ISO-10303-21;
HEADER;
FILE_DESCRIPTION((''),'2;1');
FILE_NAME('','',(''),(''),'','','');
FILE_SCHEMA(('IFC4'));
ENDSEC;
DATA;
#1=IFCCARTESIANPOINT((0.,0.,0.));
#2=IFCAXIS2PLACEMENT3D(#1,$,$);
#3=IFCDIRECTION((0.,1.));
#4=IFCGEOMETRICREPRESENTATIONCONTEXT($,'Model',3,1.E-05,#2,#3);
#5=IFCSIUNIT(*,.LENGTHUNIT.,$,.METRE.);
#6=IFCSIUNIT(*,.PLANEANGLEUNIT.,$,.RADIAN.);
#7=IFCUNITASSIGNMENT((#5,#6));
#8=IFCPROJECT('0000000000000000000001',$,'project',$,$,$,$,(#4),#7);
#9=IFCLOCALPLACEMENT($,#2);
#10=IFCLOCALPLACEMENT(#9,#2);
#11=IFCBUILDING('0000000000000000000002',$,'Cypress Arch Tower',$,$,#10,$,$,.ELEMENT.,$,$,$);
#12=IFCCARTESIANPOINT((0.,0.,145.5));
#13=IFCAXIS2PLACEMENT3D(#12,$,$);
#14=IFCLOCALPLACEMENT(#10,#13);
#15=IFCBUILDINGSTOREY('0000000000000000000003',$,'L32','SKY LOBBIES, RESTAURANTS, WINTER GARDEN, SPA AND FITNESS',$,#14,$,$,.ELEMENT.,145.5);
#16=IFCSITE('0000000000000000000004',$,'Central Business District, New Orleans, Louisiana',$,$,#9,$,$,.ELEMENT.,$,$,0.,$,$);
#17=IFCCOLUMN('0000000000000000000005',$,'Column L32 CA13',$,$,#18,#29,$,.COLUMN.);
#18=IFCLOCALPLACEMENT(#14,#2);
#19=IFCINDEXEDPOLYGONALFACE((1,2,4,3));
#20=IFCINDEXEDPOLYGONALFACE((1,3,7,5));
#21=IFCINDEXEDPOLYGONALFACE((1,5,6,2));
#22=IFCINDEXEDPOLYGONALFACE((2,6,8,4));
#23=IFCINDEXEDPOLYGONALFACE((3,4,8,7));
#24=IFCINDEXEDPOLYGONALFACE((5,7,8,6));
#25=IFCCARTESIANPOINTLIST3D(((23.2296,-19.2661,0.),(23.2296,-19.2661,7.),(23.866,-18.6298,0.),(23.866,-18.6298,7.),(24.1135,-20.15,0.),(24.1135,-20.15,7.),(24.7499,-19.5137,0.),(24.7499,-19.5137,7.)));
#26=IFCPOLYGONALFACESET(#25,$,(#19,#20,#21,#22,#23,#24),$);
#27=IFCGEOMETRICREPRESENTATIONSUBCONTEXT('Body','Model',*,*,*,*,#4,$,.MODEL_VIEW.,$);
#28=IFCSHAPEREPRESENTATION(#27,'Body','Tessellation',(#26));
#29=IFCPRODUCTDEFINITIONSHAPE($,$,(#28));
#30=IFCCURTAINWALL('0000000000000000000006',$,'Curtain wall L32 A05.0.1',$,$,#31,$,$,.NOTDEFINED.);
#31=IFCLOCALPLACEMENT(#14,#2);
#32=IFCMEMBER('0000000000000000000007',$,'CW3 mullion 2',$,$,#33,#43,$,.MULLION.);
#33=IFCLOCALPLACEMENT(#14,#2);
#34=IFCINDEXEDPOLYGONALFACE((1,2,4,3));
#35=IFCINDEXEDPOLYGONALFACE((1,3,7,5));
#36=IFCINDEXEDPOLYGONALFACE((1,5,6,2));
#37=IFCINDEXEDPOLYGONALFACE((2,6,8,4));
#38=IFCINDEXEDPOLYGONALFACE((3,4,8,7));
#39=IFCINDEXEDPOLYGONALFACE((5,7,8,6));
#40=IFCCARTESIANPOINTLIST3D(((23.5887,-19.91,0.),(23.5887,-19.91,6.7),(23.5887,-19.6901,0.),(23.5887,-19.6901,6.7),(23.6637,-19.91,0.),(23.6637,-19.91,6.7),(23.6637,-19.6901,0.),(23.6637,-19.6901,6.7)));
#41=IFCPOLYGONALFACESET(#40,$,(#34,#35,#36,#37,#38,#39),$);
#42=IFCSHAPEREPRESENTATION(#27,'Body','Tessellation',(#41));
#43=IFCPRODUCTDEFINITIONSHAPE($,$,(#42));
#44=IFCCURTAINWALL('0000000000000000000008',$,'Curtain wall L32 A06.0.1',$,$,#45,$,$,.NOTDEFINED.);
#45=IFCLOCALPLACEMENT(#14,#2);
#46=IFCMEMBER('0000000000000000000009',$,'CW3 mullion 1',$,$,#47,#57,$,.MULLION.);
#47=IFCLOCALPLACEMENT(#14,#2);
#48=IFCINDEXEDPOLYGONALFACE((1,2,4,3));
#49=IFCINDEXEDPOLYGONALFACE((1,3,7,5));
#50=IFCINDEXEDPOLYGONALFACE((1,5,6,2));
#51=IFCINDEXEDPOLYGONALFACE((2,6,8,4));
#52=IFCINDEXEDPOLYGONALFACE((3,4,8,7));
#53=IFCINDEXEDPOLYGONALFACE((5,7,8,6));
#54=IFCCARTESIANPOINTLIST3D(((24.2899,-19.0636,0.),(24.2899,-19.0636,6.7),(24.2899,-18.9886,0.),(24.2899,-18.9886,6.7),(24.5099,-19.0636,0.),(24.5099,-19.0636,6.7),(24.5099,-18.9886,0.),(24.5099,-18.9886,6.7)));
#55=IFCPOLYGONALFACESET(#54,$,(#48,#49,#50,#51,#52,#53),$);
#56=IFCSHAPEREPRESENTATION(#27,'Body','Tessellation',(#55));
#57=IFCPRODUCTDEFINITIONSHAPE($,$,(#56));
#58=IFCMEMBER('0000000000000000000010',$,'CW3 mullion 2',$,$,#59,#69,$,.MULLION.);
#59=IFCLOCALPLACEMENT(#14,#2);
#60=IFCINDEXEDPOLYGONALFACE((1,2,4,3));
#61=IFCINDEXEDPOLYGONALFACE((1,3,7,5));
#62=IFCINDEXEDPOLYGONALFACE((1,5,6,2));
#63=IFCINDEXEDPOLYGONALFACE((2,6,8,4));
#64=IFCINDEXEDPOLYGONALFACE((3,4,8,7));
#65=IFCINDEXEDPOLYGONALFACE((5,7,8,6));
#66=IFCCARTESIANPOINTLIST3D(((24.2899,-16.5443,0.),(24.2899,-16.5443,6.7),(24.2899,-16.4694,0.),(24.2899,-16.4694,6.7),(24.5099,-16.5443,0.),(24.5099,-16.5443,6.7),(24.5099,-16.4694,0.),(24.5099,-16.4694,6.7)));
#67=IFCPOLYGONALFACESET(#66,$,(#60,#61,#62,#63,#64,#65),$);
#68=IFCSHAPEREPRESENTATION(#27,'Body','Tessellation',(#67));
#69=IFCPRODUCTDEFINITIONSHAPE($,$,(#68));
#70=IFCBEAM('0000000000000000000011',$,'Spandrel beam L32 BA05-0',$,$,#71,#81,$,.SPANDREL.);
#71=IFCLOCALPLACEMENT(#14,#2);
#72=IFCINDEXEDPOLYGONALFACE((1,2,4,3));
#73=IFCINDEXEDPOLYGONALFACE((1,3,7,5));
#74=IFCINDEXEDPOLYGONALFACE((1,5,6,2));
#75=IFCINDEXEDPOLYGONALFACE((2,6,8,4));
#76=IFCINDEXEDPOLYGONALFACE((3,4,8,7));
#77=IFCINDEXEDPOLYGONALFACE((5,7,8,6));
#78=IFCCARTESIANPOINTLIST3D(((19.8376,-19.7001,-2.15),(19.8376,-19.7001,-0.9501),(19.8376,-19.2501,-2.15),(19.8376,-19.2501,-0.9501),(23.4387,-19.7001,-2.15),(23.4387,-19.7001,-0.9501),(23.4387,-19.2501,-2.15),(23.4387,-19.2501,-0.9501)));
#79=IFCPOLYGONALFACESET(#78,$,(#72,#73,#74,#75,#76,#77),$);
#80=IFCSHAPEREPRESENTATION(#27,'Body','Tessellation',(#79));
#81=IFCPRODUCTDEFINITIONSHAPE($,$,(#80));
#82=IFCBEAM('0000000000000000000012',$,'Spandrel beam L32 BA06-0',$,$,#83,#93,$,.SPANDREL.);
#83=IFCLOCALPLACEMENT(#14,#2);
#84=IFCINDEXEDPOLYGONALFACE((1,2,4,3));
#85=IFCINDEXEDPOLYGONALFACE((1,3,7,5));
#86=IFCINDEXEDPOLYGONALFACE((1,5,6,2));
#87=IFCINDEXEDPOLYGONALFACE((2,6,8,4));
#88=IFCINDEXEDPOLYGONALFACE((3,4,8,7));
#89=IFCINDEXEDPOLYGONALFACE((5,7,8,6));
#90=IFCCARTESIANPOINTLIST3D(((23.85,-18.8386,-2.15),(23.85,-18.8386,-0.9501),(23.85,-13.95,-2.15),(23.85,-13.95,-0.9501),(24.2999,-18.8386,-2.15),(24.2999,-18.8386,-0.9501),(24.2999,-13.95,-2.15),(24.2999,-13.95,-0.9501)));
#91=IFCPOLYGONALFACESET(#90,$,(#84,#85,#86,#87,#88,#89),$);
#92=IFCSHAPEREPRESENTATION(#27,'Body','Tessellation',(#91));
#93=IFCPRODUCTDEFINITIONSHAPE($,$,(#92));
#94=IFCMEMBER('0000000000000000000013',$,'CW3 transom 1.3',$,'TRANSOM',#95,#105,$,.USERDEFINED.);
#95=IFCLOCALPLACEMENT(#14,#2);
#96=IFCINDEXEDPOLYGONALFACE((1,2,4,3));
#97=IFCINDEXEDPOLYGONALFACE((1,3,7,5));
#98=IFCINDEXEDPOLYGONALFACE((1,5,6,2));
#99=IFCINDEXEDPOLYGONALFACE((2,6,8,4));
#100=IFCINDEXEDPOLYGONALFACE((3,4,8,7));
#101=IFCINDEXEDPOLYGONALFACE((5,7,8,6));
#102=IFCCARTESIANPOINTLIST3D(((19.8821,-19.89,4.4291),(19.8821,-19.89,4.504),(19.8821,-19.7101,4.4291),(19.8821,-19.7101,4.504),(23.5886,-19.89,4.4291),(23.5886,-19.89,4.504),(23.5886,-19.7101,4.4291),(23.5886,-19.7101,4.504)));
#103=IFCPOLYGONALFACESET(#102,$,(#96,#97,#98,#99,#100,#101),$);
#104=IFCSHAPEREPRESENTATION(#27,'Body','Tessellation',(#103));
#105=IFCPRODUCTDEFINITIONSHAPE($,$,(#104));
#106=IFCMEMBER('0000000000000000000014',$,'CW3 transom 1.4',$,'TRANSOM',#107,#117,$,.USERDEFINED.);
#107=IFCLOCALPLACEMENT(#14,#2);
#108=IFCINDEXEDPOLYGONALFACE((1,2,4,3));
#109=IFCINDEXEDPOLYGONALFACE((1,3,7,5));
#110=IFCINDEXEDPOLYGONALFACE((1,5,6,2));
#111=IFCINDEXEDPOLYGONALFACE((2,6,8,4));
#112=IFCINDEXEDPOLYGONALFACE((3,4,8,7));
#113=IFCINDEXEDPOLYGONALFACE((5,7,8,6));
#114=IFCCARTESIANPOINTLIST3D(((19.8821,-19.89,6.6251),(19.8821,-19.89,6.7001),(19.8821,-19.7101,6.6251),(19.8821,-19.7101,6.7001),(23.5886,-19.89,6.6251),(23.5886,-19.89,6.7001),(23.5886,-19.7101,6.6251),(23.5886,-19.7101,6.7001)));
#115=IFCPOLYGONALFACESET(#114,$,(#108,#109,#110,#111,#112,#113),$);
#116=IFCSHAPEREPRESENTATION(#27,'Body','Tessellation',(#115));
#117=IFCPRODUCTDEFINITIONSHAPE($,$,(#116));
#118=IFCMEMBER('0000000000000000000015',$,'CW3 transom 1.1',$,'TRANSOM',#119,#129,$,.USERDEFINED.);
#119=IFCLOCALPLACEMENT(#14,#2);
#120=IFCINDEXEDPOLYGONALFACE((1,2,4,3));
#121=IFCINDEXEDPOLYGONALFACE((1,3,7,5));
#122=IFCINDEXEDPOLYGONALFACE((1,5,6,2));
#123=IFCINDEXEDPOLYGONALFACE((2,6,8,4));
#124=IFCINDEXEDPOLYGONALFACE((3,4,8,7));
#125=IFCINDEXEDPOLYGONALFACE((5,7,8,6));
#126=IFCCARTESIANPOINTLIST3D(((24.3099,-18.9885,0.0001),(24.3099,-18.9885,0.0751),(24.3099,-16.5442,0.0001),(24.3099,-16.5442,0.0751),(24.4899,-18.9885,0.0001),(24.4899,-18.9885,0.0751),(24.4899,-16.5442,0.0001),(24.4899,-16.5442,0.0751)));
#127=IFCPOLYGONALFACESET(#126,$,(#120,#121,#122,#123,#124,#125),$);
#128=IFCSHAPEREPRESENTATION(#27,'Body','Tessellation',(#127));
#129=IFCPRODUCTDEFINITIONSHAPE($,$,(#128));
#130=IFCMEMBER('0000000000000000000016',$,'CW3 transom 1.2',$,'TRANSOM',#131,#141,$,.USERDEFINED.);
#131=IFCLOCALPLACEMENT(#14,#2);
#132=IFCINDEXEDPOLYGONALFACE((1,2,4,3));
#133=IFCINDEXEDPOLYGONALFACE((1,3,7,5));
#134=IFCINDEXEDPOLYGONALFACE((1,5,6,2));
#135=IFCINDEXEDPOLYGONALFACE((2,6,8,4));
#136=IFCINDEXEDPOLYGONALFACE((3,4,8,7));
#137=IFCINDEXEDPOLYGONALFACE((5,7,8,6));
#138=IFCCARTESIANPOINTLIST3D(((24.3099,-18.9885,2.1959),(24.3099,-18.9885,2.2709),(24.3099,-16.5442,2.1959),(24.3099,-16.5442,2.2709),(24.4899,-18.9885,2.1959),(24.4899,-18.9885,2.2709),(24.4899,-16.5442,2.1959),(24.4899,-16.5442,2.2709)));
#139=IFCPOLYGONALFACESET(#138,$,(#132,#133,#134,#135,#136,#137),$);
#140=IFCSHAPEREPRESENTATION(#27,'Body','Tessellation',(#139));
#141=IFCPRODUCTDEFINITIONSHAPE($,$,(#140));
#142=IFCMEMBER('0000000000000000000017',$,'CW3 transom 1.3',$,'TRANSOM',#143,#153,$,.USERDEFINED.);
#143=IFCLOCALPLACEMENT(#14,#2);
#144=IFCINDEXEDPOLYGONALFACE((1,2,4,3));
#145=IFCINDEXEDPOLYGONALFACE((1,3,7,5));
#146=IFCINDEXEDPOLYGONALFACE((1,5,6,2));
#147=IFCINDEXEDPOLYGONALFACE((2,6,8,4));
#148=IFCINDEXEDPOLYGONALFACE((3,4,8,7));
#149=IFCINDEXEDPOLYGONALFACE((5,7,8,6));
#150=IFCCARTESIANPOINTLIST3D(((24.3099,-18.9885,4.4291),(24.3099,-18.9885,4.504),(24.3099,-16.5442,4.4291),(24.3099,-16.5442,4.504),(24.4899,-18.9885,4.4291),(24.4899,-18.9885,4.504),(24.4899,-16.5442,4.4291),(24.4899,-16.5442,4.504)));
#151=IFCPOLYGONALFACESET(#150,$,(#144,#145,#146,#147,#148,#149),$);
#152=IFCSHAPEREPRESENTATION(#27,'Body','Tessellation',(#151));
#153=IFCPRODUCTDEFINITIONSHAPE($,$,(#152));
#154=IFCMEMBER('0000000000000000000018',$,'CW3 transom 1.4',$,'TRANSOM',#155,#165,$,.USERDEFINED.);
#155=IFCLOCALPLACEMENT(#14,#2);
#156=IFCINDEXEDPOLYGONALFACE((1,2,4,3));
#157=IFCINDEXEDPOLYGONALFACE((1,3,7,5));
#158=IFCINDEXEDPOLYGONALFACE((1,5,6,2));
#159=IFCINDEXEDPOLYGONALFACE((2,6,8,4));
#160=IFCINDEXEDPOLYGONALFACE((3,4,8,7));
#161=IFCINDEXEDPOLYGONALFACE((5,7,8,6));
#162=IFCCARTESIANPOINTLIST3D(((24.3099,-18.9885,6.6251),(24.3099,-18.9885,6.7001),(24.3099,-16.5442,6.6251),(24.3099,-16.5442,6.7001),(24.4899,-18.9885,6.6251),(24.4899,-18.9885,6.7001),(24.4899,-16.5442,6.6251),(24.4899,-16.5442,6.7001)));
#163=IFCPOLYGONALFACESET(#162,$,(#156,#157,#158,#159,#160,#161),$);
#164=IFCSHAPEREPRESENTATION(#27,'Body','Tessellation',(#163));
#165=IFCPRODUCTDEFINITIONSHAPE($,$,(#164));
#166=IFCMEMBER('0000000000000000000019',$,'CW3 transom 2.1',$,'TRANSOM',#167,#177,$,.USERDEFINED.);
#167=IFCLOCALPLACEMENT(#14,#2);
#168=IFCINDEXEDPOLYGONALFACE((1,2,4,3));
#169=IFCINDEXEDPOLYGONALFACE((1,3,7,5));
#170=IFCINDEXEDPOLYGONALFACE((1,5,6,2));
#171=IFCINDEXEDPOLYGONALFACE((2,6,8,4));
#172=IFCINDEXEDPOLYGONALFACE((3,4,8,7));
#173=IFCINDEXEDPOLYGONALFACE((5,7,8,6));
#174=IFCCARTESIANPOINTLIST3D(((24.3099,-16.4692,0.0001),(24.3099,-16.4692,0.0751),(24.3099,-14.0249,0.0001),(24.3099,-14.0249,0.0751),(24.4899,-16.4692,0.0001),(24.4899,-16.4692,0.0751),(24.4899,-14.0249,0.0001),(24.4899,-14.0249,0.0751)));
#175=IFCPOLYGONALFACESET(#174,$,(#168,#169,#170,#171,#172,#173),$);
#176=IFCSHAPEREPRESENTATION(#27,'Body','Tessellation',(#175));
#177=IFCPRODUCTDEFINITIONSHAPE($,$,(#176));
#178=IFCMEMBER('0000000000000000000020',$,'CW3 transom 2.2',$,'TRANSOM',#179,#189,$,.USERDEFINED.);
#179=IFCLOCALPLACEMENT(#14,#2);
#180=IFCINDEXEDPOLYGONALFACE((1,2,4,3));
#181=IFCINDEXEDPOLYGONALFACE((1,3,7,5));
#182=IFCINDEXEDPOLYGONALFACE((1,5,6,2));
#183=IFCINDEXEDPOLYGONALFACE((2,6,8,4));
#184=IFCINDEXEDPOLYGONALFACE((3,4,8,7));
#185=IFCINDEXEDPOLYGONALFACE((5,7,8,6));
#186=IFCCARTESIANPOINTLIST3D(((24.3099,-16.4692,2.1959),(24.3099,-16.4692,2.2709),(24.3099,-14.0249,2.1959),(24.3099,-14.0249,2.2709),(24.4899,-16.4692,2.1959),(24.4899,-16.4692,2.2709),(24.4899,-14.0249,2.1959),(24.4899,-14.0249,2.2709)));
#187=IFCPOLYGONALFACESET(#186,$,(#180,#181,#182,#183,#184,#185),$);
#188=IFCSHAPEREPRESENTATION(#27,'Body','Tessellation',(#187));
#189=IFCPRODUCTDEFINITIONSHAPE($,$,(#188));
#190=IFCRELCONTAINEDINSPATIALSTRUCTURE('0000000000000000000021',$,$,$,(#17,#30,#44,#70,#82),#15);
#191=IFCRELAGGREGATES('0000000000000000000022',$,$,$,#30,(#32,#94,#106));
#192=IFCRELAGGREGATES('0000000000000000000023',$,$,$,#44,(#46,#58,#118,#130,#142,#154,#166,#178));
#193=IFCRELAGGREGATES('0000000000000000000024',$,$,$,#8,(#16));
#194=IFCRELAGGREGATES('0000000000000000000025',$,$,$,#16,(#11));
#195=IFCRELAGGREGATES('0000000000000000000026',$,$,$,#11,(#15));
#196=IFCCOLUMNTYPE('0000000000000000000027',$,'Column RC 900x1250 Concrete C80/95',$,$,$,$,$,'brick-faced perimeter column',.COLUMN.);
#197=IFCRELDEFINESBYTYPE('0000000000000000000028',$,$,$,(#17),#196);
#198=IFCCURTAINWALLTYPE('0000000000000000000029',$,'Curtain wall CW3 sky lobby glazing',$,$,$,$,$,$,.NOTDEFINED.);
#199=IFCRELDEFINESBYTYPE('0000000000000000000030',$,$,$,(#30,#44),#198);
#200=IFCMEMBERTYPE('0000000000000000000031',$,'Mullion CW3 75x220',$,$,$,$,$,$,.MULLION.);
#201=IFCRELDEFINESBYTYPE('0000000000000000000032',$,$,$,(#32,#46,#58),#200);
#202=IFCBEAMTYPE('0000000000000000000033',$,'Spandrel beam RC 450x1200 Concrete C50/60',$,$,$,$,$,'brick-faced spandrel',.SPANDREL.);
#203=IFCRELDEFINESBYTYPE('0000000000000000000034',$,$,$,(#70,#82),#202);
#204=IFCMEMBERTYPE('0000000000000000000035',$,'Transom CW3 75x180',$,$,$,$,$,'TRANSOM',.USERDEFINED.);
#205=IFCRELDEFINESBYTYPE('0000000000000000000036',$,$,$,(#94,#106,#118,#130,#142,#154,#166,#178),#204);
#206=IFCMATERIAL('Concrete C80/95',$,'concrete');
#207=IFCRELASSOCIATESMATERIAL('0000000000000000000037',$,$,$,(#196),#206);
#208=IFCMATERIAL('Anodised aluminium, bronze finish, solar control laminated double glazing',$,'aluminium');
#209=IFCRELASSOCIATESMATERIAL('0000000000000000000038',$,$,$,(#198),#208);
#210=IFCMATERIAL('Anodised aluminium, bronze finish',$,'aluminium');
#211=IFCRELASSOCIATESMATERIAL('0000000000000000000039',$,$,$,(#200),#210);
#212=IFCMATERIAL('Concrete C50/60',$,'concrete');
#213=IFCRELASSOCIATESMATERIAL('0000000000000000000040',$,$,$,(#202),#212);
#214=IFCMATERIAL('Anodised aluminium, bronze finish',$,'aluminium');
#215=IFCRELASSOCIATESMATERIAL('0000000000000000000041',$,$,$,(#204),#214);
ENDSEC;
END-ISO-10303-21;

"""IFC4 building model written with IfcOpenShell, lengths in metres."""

from ifc_helpers import new_model, si_unit, direction, frame, origin, origin_2d, place, context, subcontext, project, spatial, rectangle, extrude, material, material_profile, profile_set, type_object, element, aggregate, save


model = new_model("IFC4")

# Units and contexts
model_context = context("Model", 3, precision=1e-05, world=origin(), true_north=direction((0.0, 1.0)))
body_context = subcontext(model_context, "Body", "Model", "MODEL_VIEW")
ifc_project = project(units=[si_unit("LENGTHUNIT", "METRE"), si_unit("PLANEANGLEUNIT", "RADIAN")], contexts=[model_context])

# Site, building, storey
site_placement = place(None, origin())
site = spatial("IfcSite", under=ifc_project, at=site_placement, Name="Central Business District, New Orleans, Louisiana", CompositionType="ELEMENT", RefElevation=0.0)
building_placement = place(site_placement, origin())
building = spatial("IfcBuilding", under=site, at=building_placement, Name="Cypress Arch Tower", CompositionType="ELEMENT")
storey_placement = place(building_placement, frame((0.0, 0.0, 145.5)))
storey = spatial("IfcBuildingStorey", under=building, at=storey_placement, Name="L32", Description="SKY LOBBIES, RESTAURANTS, WINTER GARDEN, SPA AND FITNESS", CompositionType="ELEMENT", Elevation=145.5)

# Column
ifc_material_1 = material(Name="Concrete C80/95", Category="concrete")
ifc_material_profile_1 = material_profile(ifc_material_1, rectangle(XDim=0.8999, YDim=1.25, at=origin_2d()), Name="RC 900x1250")
ifc_profile_set_1 = profile_set([ifc_material_profile_1], Name="Concrete C80/95")
column_type = type_object("IfcColumnType", Name="Column RC 900x1250 Concrete C80/95", ElementType="brick-faced perimeter column", PredefinedType="COLUMN", material=ifc_profile_set_1)
column_placement = place(storey_placement, frame((23.9897, -19.3899, 0.0), z_axis=(0.0, 0.0, 1.0), x_axis=(0.707107, 0.707107, 0.0)))
element("IfcColumn", 1, at=column_placement, inside=storey, type_object=column_type, Name="Column L32 CA13", PredefinedType="COLUMN", context=body_context, shape_type="SweptSolid", body=[
    extrude(rectangle(XDim=0.8999, YDim=1.25, at=origin_2d()), origin(), (0.0, 0.0, 1.0), 7.0),
])

# Curtain wall, member
ifc_material_2 = material(Name="Anodised aluminium, bronze finish, solar control laminated double glazing", Category="aluminium")
curtain_wall_type = type_object("IfcCurtainWallType", Name="Curtain wall CW3 sky lobby glazing", PredefinedType="NOTDEFINED", material=ifc_material_2)
curtain_wall_1_placement = place(storey_placement, origin())
curtain_wall_1 = element("IfcCurtainWall", 2, at=curtain_wall_1_placement, inside=storey, type_object=curtain_wall_type, Name="Curtain wall L32 A05.0.1", PredefinedType="NOTDEFINED")
ifc_material_3 = material(Name="Anodised aluminium, bronze finish", Category="aluminium")
ifc_material_profile_2 = material_profile(ifc_material_3, rectangle(XDim=0.22, YDim=0.075, at=origin_2d()), Name="Mullion 75x220")
ifc_profile_set_2 = profile_set([ifc_material_profile_2], Name="Anodised aluminium, bronze finish")
member_type_1 = type_object("IfcMemberType", Name="Mullion CW3 75x220", PredefinedType="MULLION", material=ifc_profile_set_2)
member_1_placement = place(storey_placement, frame((23.6262, -19.8, 0.0), z_axis=(0.0, 0.0, 1.0), x_axis=(0.0, 1.0, 0.0)))
member_1 = element("IfcMember", 3, at=member_1_placement, type_object=member_type_1, Name="CW3 mullion 2", PredefinedType="MULLION", context=body_context, shape_type="SweptSolid", body=[
    extrude(rectangle(XDim=0.22, YDim=0.075, at=origin_2d()), origin(), (0.0, 0.0, 1.0), 6.7),
])

# Curtain wall, members
curtain_wall_2_placement = place(storey_placement, origin())
curtain_wall_2 = element("IfcCurtainWall", 4, at=curtain_wall_2_placement, inside=storey, type_object=curtain_wall_type, Name="Curtain wall L32 A06.0.1", PredefinedType="NOTDEFINED")
member_2_placement = place(storey_placement, frame((24.3999, -19.0261, 0.0), z_axis=(0.0, 0.0, 1.0), x_axis=(-1.0, 0.0, 0.0)))
member_2 = element("IfcMember", 5, at=member_2_placement, type_object=member_type_1, Name="CW3 mullion 1", PredefinedType="MULLION", context=body_context, shape_type="SweptSolid", body=[
    extrude(rectangle(XDim=0.22, YDim=0.075, at=origin_2d()), origin(), (0.0, 0.0, 1.0), 6.7),
])
member_3_placement = place(storey_placement, frame((24.3999, -16.5068, 0.0), z_axis=(0.0, 0.0, 1.0), x_axis=(-1.0, 0.0, 0.0)))
member_3 = element("IfcMember", 6, at=member_3_placement, type_object=member_type_1, Name="CW3 mullion 2", PredefinedType="MULLION", context=body_context, shape_type="SweptSolid", body=[
    extrude(rectangle(XDim=0.22, YDim=0.075, at=origin_2d()), origin(), (0.0, 0.0, 1.0), 6.7),
])

# Beams
ifc_material_4 = material(Name="Concrete C50/60", Category="concrete")
ifc_material_profile_3 = material_profile(ifc_material_4, rectangle(XDim=0.45, YDim=1.2, at=origin_2d()), Name="RC 450x1200")
ifc_profile_set_3 = profile_set([ifc_material_profile_3], Name="Concrete C50/60")
beam_type = type_object("IfcBeamType", Name="Spandrel beam RC 450x1200 Concrete C50/60", ElementType="brick-faced spandrel", PredefinedType="SPANDREL", material=ifc_profile_set_3)
beam_1_placement = place(storey_placement, frame((19.8376, -19.4751, -1.55), z_axis=(1.0, 0.0, 0.0), x_axis=(0.0, 1.0, 0.0)))
element("IfcBeam", 7, at=beam_1_placement, inside=storey, type_object=beam_type, Name="Spandrel beam L32 BA05-0", PredefinedType="SPANDREL", context=body_context, shape_type="SweptSolid", body=[
    extrude(rectangle(XDim=0.45, YDim=1.2, at=origin_2d()), origin(), (0.0, 0.0, 1.0), 3.6011),
])
beam_2_placement = place(storey_placement, frame((24.075, -18.8386, -1.55), z_axis=(0.0, 1.0, 0.0), x_axis=(-1.0, 0.0, 0.0)))
element("IfcBeam", 8, at=beam_2_placement, inside=storey, type_object=beam_type, Name="Spandrel beam L32 BA06-0", PredefinedType="SPANDREL", context=body_context, shape_type="SweptSolid", body=[
    extrude(rectangle(XDim=0.45, YDim=1.2, at=origin_2d()), origin(), (0.0, 0.0, 1.0), 4.8887),
])

# Members
ifc_material_5 = material(Name="Anodised aluminium, bronze finish", Category="aluminium")
ifc_material_profile_4 = material_profile(ifc_material_5, rectangle(XDim=0.1799, YDim=0.075, at=origin_2d()), Name="Transom 75x180")
ifc_profile_set_4 = profile_set([ifc_material_profile_4], Name="Anodised aluminium, bronze finish")
member_type_2 = type_object("IfcMemberType", Name="Transom CW3 75x180", ElementType="TRANSOM", PredefinedType="USERDEFINED", material=ifc_profile_set_4)
member_4_placement = place(storey_placement, frame((19.8821, -19.8, 4.4666), z_axis=(1.0, 0.0, 0.0), x_axis=(0.0, 1.0, 0.0)))
member_4 = element("IfcMember", 9, at=member_4_placement, type_object=member_type_2, Name="CW3 transom 1.3", ObjectType="TRANSOM", PredefinedType="USERDEFINED", context=body_context, shape_type="SweptSolid", body=[
    extrude(rectangle(XDim=0.1799, YDim=0.075, at=origin_2d()), origin(), (0.0, 0.0, 1.0), 3.7065),
])
member_5_placement = place(storey_placement, frame((19.8821, -19.8, 6.6626), z_axis=(1.0, 0.0, 0.0), x_axis=(0.0, 1.0, 0.0)))
member_5 = element("IfcMember", 10, at=member_5_placement, type_object=member_type_2, Name="CW3 transom 1.4", ObjectType="TRANSOM", PredefinedType="USERDEFINED", context=body_context, shape_type="SweptSolid", body=[
    extrude(rectangle(XDim=0.1799, YDim=0.075, at=origin_2d()), origin(), (0.0, 0.0, 1.0), 3.7065),
])
member_6_placement = place(storey_placement, frame((24.3999, -18.9885, 0.0376), z_axis=(0.0, 1.0, 0.0), x_axis=(-1.0, 0.0, 0.0)))
member_6 = element("IfcMember", 11, at=member_6_placement, type_object=member_type_2, Name="CW3 transom 1.1", ObjectType="TRANSOM", PredefinedType="USERDEFINED", context=body_context, shape_type="SweptSolid", body=[
    extrude(rectangle(XDim=0.1799, YDim=0.075, at=origin_2d()), origin(), (0.0, 0.0, 1.0), 2.4443),
])
member_7_placement = place(storey_placement, frame((24.3999, -18.9885, 2.2334), z_axis=(0.0, 1.0, 0.0), x_axis=(-1.0, 0.0, 0.0)))
member_7 = element("IfcMember", 12, at=member_7_placement, type_object=member_type_2, Name="CW3 transom 1.2", ObjectType="TRANSOM", PredefinedType="USERDEFINED", context=body_context, shape_type="SweptSolid", body=[
    extrude(rectangle(XDim=0.1799, YDim=0.075, at=origin_2d()), origin(), (0.0, 0.0, 1.0), 2.4443),
])
member_8_placement = place(storey_placement, frame((24.3999, -18.9885, 4.4666), z_axis=(0.0, 1.0, 0.0), x_axis=(-1.0, 0.0, 0.0)))
member_8 = element("IfcMember", 13, at=member_8_placement, type_object=member_type_2, Name="CW3 transom 1.3", ObjectType="TRANSOM", PredefinedType="USERDEFINED", context=body_context, shape_type="SweptSolid", body=[
    extrude(rectangle(XDim=0.1799, YDim=0.075, at=origin_2d()), origin(), (0.0, 0.0, 1.0), 2.4443),
])
member_9_placement = place(storey_placement, frame((24.3999, -18.9885, 6.6626), z_axis=(0.0, 1.0, 0.0), x_axis=(-1.0, 0.0, 0.0)))
member_9 = element("IfcMember", 14, at=member_9_placement, type_object=member_type_2, Name="CW3 transom 1.4", ObjectType="TRANSOM", PredefinedType="USERDEFINED", context=body_context, shape_type="SweptSolid", body=[
    extrude(rectangle(XDim=0.1799, YDim=0.075, at=origin_2d()), origin(), (0.0, 0.0, 1.0), 2.4443),
])
member_10_placement = place(storey_placement, frame((24.3999, -16.4692, 0.0376), z_axis=(0.0, 1.0, 0.0), x_axis=(-1.0, 0.0, 0.0)))
member_10 = element("IfcMember", 15, at=member_10_placement, type_object=member_type_2, Name="CW3 transom 2.1", ObjectType="TRANSOM", PredefinedType="USERDEFINED", context=body_context, shape_type="SweptSolid", body=[
    extrude(rectangle(XDim=0.1799, YDim=0.075, at=origin_2d()), origin(), (0.0, 0.0, 1.0), 2.4443),
])
member_11_placement = place(storey_placement, frame((24.3999, -16.4692, 2.2334), z_axis=(0.0, 1.0, 0.0), x_axis=(-1.0, 0.0, 0.0)))
member_11 = element("IfcMember", 16, at=member_11_placement, type_object=member_type_2, Name="CW3 transom 2.2", ObjectType="TRANSOM", PredefinedType="USERDEFINED", context=body_context, shape_type="SweptSolid", body=[
    extrude(rectangle(XDim=0.1799, YDim=0.075, at=origin_2d()), origin(), (0.0, 0.0, 1.0), 2.4443),
])

aggregate(curtain_wall_1, [member_1, member_4, member_5])
aggregate(curtain_wall_2, [member_2, member_3, member_6, member_7, member_8, member_9, member_10, member_11])

save(model, "model.ifc")
